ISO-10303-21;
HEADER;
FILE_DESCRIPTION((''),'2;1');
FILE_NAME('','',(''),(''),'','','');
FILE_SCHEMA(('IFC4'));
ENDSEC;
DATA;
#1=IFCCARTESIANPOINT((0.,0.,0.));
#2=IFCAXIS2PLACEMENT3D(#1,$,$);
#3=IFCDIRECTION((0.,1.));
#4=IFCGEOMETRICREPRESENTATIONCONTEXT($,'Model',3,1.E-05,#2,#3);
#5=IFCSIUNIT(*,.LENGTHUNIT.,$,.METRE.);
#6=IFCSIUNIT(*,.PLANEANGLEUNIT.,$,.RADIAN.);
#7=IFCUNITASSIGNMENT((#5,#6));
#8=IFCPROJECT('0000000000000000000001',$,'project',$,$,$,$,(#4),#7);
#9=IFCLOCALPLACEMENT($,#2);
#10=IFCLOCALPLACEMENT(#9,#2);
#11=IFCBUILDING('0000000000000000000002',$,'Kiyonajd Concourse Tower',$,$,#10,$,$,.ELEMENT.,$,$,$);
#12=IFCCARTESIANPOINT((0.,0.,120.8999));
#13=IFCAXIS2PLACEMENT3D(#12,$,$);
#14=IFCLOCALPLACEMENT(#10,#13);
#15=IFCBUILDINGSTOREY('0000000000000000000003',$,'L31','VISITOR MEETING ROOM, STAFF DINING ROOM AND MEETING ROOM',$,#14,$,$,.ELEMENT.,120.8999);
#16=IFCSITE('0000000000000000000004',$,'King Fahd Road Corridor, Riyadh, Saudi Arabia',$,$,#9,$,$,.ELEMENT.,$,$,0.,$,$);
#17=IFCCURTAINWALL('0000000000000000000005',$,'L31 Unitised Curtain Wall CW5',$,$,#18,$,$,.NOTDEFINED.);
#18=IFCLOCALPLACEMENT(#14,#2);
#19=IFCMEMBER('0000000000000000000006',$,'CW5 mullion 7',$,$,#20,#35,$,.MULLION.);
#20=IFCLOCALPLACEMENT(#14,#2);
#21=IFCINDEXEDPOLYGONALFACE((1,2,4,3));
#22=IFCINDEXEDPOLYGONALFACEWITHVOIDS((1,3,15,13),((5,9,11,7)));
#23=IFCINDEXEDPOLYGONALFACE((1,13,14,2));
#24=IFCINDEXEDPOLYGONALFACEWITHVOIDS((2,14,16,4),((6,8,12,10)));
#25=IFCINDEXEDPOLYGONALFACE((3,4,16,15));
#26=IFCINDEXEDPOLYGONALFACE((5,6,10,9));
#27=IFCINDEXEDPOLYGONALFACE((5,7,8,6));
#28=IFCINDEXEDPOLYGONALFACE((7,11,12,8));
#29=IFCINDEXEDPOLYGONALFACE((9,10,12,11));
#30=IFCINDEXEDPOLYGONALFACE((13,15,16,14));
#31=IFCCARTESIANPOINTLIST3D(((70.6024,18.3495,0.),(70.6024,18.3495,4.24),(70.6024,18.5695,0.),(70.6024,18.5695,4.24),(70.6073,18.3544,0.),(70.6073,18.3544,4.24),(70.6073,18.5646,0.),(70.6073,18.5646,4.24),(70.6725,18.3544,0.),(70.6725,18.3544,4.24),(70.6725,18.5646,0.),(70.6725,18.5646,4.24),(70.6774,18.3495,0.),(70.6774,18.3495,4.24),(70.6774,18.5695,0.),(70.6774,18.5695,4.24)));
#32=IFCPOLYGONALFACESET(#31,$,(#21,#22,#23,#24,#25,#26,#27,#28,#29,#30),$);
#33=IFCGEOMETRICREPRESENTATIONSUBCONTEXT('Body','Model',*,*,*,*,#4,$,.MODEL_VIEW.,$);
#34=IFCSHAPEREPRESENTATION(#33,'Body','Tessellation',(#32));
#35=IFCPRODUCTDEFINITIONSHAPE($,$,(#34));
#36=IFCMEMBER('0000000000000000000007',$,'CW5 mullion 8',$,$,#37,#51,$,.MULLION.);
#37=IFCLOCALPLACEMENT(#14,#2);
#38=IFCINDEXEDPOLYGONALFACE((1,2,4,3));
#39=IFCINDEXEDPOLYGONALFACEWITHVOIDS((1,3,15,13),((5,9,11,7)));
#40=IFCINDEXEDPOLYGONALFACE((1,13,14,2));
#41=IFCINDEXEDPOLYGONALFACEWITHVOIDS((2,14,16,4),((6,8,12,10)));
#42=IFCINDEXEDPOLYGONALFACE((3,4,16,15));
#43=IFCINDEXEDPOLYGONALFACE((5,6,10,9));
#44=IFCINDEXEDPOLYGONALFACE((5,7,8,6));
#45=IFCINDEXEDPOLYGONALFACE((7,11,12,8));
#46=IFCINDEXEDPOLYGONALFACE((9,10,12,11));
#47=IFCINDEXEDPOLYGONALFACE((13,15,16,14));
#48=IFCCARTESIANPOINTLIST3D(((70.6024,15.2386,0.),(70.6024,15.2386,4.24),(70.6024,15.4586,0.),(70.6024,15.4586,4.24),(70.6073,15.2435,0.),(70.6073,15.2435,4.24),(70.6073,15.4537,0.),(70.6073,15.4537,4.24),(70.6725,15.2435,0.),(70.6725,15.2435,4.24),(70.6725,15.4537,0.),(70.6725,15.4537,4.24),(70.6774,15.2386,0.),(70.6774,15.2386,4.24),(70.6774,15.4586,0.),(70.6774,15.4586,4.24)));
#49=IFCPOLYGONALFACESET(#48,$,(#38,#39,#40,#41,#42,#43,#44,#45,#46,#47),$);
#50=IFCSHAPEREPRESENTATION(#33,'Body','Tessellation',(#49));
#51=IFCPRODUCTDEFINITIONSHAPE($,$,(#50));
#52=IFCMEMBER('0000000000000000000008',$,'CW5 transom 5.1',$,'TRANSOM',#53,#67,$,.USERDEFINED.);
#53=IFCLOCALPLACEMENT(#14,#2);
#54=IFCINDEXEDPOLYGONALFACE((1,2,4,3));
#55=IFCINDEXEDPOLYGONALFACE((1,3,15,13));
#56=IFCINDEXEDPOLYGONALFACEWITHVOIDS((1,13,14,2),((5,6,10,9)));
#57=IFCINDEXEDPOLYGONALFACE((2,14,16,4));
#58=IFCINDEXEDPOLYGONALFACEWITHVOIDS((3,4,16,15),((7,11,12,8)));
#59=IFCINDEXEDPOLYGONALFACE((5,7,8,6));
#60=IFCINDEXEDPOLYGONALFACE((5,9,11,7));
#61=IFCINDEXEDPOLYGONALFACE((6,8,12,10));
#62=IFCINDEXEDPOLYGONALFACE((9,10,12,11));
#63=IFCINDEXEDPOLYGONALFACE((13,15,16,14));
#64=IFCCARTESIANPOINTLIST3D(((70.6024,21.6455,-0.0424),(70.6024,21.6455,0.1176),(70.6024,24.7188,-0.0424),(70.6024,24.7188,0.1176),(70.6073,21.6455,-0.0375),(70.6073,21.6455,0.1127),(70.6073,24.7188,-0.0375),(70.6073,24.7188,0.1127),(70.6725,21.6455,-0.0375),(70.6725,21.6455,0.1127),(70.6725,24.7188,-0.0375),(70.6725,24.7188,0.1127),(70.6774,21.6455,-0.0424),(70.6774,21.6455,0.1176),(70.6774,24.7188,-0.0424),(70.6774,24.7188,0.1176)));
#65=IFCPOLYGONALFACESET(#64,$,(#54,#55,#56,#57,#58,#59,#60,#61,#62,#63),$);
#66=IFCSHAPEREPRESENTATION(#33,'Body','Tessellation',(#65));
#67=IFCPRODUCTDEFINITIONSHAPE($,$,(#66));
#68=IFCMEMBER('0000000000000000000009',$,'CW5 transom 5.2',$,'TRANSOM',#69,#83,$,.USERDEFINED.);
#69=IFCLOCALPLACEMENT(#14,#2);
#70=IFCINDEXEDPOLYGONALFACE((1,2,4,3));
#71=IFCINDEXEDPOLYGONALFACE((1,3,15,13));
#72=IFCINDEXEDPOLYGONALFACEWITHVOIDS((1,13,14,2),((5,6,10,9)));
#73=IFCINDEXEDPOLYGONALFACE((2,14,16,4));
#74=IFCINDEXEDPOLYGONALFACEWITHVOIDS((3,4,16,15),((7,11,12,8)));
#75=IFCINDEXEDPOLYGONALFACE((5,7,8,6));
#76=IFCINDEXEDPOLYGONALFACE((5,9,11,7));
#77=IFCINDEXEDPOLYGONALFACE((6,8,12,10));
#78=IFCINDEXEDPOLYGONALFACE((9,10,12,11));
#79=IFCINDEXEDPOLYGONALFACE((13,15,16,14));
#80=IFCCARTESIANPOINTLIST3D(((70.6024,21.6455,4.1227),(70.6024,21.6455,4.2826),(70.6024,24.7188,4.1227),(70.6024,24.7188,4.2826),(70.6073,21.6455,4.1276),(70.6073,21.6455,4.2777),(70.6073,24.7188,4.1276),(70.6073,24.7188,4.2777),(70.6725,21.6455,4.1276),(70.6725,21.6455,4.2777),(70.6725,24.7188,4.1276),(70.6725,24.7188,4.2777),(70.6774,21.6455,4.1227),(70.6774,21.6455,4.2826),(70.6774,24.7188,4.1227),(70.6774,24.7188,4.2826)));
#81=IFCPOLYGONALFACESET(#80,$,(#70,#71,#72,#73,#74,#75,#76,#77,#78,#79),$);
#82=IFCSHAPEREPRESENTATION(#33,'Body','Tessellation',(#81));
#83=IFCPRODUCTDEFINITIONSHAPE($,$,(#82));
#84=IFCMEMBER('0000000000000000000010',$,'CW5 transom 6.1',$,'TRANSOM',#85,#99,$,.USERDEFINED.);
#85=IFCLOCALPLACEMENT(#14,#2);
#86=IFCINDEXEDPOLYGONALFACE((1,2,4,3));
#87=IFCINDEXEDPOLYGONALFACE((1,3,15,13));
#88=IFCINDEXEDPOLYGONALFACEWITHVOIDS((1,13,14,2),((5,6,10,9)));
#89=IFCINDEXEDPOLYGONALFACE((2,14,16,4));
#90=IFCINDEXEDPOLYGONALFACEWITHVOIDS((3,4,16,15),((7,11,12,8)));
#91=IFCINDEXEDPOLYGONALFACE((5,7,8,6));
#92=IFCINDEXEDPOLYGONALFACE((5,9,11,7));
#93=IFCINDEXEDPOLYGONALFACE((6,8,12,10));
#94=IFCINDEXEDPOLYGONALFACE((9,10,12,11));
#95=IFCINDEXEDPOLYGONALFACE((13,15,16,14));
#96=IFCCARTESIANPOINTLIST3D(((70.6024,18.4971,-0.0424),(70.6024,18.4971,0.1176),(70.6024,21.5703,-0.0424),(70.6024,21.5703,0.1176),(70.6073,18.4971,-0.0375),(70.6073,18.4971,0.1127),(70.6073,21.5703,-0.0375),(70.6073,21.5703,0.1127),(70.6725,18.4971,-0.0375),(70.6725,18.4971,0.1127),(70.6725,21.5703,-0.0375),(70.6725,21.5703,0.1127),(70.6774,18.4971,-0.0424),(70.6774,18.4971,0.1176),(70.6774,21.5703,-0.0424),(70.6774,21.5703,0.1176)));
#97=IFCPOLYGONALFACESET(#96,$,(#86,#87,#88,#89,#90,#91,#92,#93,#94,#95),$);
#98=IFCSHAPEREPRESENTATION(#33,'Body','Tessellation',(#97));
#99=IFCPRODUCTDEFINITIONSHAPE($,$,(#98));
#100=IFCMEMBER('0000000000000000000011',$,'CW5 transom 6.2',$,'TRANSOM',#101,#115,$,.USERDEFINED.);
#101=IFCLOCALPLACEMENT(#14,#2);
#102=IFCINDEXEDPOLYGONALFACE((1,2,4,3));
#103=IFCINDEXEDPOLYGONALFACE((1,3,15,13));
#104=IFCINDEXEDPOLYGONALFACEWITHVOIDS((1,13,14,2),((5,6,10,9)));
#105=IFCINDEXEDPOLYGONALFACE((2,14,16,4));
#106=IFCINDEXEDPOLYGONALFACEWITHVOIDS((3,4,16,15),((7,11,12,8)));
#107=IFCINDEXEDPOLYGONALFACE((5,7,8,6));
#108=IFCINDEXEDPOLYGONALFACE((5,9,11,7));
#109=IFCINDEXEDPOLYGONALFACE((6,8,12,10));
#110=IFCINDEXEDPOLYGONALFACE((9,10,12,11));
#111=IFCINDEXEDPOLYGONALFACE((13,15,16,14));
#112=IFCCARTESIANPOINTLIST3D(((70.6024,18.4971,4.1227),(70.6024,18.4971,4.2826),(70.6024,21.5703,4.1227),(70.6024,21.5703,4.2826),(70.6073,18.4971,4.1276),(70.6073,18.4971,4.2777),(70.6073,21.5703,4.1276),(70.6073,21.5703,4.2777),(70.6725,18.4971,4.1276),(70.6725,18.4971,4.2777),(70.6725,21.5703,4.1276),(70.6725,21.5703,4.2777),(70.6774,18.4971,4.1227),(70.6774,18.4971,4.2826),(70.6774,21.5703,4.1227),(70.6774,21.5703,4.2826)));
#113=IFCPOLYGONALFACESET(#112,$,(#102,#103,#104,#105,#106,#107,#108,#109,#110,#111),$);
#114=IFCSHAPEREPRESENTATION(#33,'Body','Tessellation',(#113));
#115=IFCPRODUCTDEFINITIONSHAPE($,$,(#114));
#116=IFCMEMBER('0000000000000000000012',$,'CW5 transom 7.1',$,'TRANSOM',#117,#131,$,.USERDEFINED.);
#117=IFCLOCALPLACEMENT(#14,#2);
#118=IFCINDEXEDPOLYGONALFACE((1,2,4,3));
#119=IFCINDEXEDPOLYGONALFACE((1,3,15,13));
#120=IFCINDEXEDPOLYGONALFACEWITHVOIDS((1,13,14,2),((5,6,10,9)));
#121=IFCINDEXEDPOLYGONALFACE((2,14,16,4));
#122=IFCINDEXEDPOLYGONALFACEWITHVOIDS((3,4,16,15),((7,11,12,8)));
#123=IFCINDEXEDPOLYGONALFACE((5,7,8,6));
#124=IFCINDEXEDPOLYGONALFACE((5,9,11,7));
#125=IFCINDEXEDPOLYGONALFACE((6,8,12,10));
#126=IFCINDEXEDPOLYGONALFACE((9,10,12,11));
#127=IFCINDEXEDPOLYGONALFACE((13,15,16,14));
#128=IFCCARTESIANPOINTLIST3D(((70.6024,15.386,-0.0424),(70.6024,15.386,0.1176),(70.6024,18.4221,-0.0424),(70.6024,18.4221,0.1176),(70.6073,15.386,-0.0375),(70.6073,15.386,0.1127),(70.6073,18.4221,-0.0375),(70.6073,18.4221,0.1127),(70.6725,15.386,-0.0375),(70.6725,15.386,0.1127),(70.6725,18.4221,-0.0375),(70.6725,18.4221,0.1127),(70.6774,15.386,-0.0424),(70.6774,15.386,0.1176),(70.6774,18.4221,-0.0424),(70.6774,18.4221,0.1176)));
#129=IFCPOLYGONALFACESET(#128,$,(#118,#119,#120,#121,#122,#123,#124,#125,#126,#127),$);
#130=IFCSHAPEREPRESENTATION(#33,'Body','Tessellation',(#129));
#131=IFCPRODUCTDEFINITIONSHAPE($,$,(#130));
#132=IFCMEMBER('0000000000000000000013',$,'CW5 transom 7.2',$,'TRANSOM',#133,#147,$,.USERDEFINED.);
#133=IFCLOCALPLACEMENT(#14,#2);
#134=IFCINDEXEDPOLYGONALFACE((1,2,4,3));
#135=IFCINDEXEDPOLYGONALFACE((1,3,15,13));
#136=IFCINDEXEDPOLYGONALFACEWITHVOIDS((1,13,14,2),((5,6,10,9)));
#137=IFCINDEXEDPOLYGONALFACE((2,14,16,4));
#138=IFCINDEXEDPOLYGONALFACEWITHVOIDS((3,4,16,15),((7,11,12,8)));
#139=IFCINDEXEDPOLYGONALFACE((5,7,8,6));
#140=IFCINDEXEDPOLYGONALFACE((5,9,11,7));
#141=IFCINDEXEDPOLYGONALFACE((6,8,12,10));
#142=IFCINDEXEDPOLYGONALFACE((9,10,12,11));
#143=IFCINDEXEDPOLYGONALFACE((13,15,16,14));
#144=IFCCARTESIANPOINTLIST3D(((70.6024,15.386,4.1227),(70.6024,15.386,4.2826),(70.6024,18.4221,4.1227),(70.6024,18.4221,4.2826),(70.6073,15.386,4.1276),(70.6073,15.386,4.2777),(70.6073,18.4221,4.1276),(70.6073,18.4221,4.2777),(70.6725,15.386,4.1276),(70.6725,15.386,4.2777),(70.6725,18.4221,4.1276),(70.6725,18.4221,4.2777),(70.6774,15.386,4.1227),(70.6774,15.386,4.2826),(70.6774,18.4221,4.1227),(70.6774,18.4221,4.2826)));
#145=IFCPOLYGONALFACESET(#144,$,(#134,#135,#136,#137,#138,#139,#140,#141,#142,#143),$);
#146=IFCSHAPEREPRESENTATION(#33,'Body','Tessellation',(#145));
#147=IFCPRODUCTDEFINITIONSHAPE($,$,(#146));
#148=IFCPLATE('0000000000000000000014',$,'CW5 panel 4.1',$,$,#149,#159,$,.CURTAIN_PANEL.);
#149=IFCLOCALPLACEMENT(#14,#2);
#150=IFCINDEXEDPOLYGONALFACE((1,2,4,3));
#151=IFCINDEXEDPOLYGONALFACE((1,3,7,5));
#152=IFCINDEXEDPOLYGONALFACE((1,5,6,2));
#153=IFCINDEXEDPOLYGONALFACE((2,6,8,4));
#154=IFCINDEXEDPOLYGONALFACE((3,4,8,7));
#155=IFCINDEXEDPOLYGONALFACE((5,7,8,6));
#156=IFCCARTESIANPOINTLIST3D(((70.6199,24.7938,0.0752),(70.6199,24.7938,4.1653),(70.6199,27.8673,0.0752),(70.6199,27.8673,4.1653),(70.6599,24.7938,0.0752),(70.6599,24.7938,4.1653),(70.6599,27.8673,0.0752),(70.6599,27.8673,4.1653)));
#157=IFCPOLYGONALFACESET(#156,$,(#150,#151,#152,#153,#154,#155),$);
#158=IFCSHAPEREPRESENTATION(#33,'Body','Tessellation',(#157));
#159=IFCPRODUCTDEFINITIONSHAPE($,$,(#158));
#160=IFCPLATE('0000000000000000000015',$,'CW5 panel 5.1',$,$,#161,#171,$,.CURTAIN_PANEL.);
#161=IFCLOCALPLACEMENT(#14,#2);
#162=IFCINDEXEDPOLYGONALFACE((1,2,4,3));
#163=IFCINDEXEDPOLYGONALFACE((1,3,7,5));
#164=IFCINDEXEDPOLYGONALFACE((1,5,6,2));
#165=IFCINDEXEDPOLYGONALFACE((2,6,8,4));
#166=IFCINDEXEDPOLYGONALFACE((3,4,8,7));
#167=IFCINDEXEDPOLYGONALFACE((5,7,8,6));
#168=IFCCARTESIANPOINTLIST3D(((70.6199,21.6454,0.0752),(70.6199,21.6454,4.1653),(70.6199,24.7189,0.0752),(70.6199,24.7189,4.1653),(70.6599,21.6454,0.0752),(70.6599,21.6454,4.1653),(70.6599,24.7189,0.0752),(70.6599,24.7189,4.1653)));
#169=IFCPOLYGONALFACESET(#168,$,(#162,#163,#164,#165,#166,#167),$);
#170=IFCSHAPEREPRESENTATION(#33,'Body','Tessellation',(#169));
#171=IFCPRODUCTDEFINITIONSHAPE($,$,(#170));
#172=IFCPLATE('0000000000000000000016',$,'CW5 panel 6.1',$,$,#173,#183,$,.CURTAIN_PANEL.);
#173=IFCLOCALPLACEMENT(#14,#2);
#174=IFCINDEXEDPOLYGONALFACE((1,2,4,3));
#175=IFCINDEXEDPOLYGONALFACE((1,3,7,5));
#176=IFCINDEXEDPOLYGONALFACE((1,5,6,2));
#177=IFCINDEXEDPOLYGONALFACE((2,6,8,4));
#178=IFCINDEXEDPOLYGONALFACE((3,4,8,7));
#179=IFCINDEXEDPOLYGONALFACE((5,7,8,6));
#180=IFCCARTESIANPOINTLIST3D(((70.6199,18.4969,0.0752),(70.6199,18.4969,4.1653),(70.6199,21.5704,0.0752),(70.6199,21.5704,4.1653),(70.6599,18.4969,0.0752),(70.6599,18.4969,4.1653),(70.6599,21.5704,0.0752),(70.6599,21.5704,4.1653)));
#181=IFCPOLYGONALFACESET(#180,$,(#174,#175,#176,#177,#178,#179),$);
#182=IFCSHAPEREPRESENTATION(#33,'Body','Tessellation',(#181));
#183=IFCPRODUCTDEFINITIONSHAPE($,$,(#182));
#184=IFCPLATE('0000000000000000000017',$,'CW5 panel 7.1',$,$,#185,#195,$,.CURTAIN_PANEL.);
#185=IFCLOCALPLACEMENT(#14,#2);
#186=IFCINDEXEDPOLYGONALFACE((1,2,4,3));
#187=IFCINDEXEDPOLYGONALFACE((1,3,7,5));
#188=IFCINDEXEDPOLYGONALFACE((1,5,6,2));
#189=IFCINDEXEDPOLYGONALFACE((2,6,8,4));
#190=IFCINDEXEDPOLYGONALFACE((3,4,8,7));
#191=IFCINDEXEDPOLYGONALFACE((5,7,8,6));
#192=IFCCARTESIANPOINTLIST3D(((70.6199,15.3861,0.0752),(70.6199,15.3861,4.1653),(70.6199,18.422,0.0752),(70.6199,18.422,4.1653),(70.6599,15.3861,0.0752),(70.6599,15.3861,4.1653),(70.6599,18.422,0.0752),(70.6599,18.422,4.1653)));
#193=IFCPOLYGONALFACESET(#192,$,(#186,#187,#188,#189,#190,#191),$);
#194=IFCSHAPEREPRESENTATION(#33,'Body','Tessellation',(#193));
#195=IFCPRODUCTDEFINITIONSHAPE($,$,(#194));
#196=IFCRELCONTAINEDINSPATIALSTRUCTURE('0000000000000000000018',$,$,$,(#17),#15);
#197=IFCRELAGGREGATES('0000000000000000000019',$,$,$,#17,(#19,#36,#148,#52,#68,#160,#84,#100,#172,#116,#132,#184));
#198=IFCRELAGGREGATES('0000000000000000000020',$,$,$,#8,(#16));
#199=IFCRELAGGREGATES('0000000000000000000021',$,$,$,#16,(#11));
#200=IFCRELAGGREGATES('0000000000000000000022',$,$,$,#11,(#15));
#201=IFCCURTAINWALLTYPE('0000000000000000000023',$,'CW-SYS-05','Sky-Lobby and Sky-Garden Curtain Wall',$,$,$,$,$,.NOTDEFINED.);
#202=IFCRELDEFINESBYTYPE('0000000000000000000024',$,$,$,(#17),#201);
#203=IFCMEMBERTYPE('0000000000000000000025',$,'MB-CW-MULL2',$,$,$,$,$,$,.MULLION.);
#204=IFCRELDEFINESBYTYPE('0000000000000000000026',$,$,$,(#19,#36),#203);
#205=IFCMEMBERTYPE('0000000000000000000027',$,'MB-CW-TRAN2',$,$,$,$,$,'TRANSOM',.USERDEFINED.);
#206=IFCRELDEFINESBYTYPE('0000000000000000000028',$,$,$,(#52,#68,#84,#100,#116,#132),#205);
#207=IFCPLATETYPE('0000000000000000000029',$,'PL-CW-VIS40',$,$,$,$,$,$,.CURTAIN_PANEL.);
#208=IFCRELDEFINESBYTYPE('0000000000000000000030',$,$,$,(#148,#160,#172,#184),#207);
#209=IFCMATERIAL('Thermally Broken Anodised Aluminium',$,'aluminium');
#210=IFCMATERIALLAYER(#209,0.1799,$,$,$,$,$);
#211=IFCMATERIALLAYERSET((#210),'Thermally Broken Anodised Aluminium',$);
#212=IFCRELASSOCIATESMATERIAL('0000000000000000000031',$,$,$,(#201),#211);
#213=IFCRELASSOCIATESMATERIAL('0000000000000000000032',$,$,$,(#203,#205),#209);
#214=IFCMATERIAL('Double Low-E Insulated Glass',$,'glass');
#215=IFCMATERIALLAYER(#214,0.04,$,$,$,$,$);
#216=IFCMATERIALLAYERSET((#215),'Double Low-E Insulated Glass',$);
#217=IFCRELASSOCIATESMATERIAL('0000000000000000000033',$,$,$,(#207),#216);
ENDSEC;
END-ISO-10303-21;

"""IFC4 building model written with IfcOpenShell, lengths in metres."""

from ifc_helpers import new_model, si_unit, direction, frame, origin, origin_2d, place, context, subcontext, project, spatial, rectangle, hollow_rectangle, extrude, material, layer, layer_set, material_profile, profile_set, type_object, element, aggregate, save


model = new_model("IFC4")

# Units and contexts
model_context = context("Model", 3, precision=1e-05, world=origin(), true_north=direction((0.0, 1.0)))
body_context = subcontext(model_context, "Body", "Model", "MODEL_VIEW")
ifc_project = project(units=[si_unit("LENGTHUNIT", "METRE"), si_unit("PLANEANGLEUNIT", "RADIAN")], contexts=[model_context])

# Site, building, storey
site_placement = place(None, origin())
site = spatial("IfcSite", under=ifc_project, at=site_placement, Name="King Fahd Road Corridor, Riyadh, Saudi Arabia", CompositionType="ELEMENT", RefElevation=0.0)
building_placement = place(site_placement, origin())
building = spatial("IfcBuilding", under=site, at=building_placement, Name="Kiyonajd Concourse Tower", CompositionType="ELEMENT")
storey_placement = place(building_placement, frame((0.0, 0.0, 120.8999)))
storey = spatial("IfcBuildingStorey", under=building, at=storey_placement, Name="L31", Description="VISITOR MEETING ROOM, STAFF DINING ROOM AND MEETING ROOM", CompositionType="ELEMENT", Elevation=120.8999)

# Curtain wall, members, plates
ifc_material_1 = material(Name="Thermally Broken Anodised Aluminium", Category="aluminium")
ifc_layer_1 = layer(ifc_material_1, 0.1799)
ifc_layer_set_1 = layer_set([ifc_layer_1], Name="Thermally Broken Anodised Aluminium")
curtain_wall_type = type_object("IfcCurtainWallType", Name="CW-SYS-05", Description="Sky-Lobby and Sky-Garden Curtain Wall", PredefinedType="NOTDEFINED", material=ifc_layer_set_1)
curtain_wall_placement = place(storey_placement, origin())
curtain_wall = element("IfcCurtainWall", 1, at=curtain_wall_placement, inside=storey, type_object=curtain_wall_type, Name="L31 Unitised Curtain Wall CW5", PredefinedType="NOTDEFINED")
ifc_material_profile_1 = material_profile(ifc_material_1, hollow_rectangle(XDim=0.075, YDim=0.22, WallThickness=0.0049, at=origin_2d()), Name="MULL-75x220")
ifc_profile_set_1 = profile_set([ifc_material_profile_1], Name="Thermally Broken Anodised Aluminium")
member_type_1 = type_object("IfcMemberType", Name="MB-CW-MULL2", PredefinedType="MULLION", material=ifc_profile_set_1)
member_1_placement = place(storey_placement, frame((70.6399, 18.4595, 0.0), z_axis=(0.0, 0.0, 1.0), x_axis=(1.0, 0.0, 0.0)))
member_1 = element("IfcMember", 2, at=member_1_placement, type_object=member_type_1, Name="CW5 mullion 7", PredefinedType="MULLION", context=body_context, shape_type="SweptSolid", body=[
    extrude(hollow_rectangle(XDim=0.075, YDim=0.22, WallThickness=0.0049, at=origin_2d()), origin(), (0.0, 0.0, 1.0), 4.24),
])
member_2_placement = place(storey_placement, frame((70.6399, 15.3486, 0.0), z_axis=(0.0, 0.0, 1.0), x_axis=(1.0, 0.0, 0.0)))
member_2 = element("IfcMember", 3, at=member_2_placement, type_object=member_type_1, Name="CW5 mullion 8", PredefinedType="MULLION", context=body_context, shape_type="SweptSolid", body=[
    extrude(hollow_rectangle(XDim=0.075, YDim=0.22, WallThickness=0.0049, at=origin_2d()), origin(), (0.0, 0.0, 1.0), 4.24),
])
ifc_material_profile_2 = material_profile(ifc_material_1, hollow_rectangle(XDim=0.075, YDim=0.1599, WallThickness=0.0049, at=origin_2d()), Name="TRAN-75x160")
ifc_profile_set_2 = profile_set([ifc_material_profile_2], Name="Thermally Broken Anodised Aluminium")
member_type_2 = type_object("IfcMemberType", Name="MB-CW-TRAN2", ElementType="TRANSOM", PredefinedType="USERDEFINED", material=ifc_profile_set_2)
member_3_placement = place(storey_placement, frame((70.6399, 24.7188, 0.0376), z_axis=(0.0, -1.0, 0.0), x_axis=(1.0, 0.0, 0.0)))
member_3 = element("IfcMember", 4, at=member_3_placement, type_object=member_type_2, Name="CW5 transom 5.1", ObjectType="TRANSOM", PredefinedType="USERDEFINED", context=body_context, shape_type="SweptSolid", body=[
    extrude(hollow_rectangle(XDim=0.075, YDim=0.1599, WallThickness=0.0049, at=origin_2d()), origin(), (0.0, 0.0, 1.0), 3.0732),
])
member_4_placement = place(storey_placement, frame((70.6399, 24.7188, 4.2026), z_axis=(0.0, -1.0, 0.0), x_axis=(1.0, 0.0, 0.0)))
member_4 = element("IfcMember", 5, at=member_4_placement, type_object=member_type_2, Name="CW5 transom 5.2", ObjectType="TRANSOM", PredefinedType="USERDEFINED", context=body_context, shape_type="SweptSolid", body=[
    extrude(hollow_rectangle(XDim=0.075, YDim=0.1599, WallThickness=0.0049, at=origin_2d()), origin(), (0.0, 0.0, 1.0), 3.0732),
])
member_5_placement = place(storey_placement, frame((70.6399, 21.5703, 0.0376), z_axis=(0.0, -1.0, 0.0), x_axis=(1.0, 0.0, 0.0)))
member_5 = element("IfcMember", 6, at=member_5_placement, type_object=member_type_2, Name="CW5 transom 6.1", ObjectType="TRANSOM", PredefinedType="USERDEFINED", context=body_context, shape_type="SweptSolid", body=[
    extrude(hollow_rectangle(XDim=0.075, YDim=0.1599, WallThickness=0.0049, at=origin_2d()), origin(), (0.0, 0.0, 1.0), 3.0732),
])
member_6_placement = place(storey_placement, frame((70.6399, 21.5703, 4.2026), z_axis=(0.0, -1.0, 0.0), x_axis=(1.0, 0.0, 0.0)))
member_6 = element("IfcMember", 7, at=member_6_placement, type_object=member_type_2, Name="CW5 transom 6.2", ObjectType="TRANSOM", PredefinedType="USERDEFINED", context=body_context, shape_type="SweptSolid", body=[
    extrude(hollow_rectangle(XDim=0.075, YDim=0.1599, WallThickness=0.0049, at=origin_2d()), origin(), (0.0, 0.0, 1.0), 3.0732),
])
member_7_placement = place(storey_placement, frame((70.6399, 18.4221, 0.0376), z_axis=(0.0, -1.0, 0.0), x_axis=(1.0, 0.0, 0.0)))
member_7 = element("IfcMember", 8, at=member_7_placement, type_object=member_type_2, Name="CW5 transom 7.1", ObjectType="TRANSOM", PredefinedType="USERDEFINED", context=body_context, shape_type="SweptSolid", body=[
    extrude(hollow_rectangle(XDim=0.075, YDim=0.1599, WallThickness=0.0049, at=origin_2d()), origin(), (0.0, 0.0, 1.0), 3.0361),
])
member_8_placement = place(storey_placement, frame((70.6399, 18.4221, 4.2026), z_axis=(0.0, -1.0, 0.0), x_axis=(1.0, 0.0, 0.0)))
member_8 = element("IfcMember", 9, at=member_8_placement, type_object=member_type_2, Name="CW5 transom 7.2", ObjectType="TRANSOM", PredefinedType="USERDEFINED", context=body_context, shape_type="SweptSolid", body=[
    extrude(hollow_rectangle(XDim=0.075, YDim=0.1599, WallThickness=0.0049, at=origin_2d()), origin(), (0.0, 0.0, 1.0), 3.0361),
])
ifc_material_2 = material(Name="Double Low-E Insulated Glass", Category="glass")
ifc_layer_2 = layer(ifc_material_2, 0.04)
ifc_layer_set_2 = layer_set([ifc_layer_2], Name="Double Low-E Insulated Glass")
plate_type_1 = type_object("IfcPlateType", Name="PL-CW-VIS40", PredefinedType="CURTAIN_PANEL", material=ifc_layer_set_2)
plate_1_placement = place(storey_placement, frame((70.6399, 26.3306, 0.0752), z_axis=(0.0, 0.0, 1.0), x_axis=(0.0, -1.0, 0.0)))
plate_1 = element("IfcPlate", 10, at=plate_1_placement, type_object=plate_type_1, Name="CW5 panel 4.1", PredefinedType="CURTAIN_PANEL", context=body_context, shape_type="SweptSolid", body=[
    extrude(rectangle(XDim=3.0735, YDim=0.04, at=origin_2d()), origin(), (0.0, 0.0, 1.0), 4.0901),
])
plate_2_placement = place(storey_placement, frame((70.6399, 23.1821, 0.0752), z_axis=(0.0, 0.0, 1.0), x_axis=(0.0, -1.0, 0.0)))
plate_2 = element("IfcPlate", 11, at=plate_2_placement, type_object=plate_type_1, Name="CW5 panel 5.1", PredefinedType="CURTAIN_PANEL", context=body_context, shape_type="SweptSolid", body=[
    extrude(rectangle(XDim=3.0735, YDim=0.04, at=origin_2d()), origin(), (0.0, 0.0, 1.0), 4.0901),
])
plate_3_placement = place(storey_placement, frame((70.6399, 20.0337, 0.0752), z_axis=(0.0, 0.0, 1.0), x_axis=(0.0, -1.0, 0.0)))
plate_3 = element("IfcPlate", 12, at=plate_3_placement, type_object=plate_type_1, Name="CW5 panel 6.1", PredefinedType="CURTAIN_PANEL", context=body_context, shape_type="SweptSolid", body=[
    extrude(rectangle(XDim=3.0735, YDim=0.04, at=origin_2d()), origin(), (0.0, 0.0, 1.0), 4.0901),
])
plate_4_placement = place(storey_placement, frame((70.6399, 16.9041, 0.0752), z_axis=(0.0, 0.0, 1.0), x_axis=(0.0, -1.0, 0.0)))
plate_4 = element("IfcPlate", 13, at=plate_4_placement, type_object=plate_type_1, Name="CW5 panel 7.1", PredefinedType="CURTAIN_PANEL", context=body_context, shape_type="SweptSolid", body=[
    extrude(rectangle(XDim=3.0359, YDim=0.04, at=origin_2d()), origin(), (0.0, 0.0, 1.0), 4.0901),
])
aggregate(curtain_wall, [member_1, member_2, plate_1, member_3, member_4, plate_2, member_5, member_6, plate_3, member_7, member_8, plate_4])

save(model, "model.ifc")
